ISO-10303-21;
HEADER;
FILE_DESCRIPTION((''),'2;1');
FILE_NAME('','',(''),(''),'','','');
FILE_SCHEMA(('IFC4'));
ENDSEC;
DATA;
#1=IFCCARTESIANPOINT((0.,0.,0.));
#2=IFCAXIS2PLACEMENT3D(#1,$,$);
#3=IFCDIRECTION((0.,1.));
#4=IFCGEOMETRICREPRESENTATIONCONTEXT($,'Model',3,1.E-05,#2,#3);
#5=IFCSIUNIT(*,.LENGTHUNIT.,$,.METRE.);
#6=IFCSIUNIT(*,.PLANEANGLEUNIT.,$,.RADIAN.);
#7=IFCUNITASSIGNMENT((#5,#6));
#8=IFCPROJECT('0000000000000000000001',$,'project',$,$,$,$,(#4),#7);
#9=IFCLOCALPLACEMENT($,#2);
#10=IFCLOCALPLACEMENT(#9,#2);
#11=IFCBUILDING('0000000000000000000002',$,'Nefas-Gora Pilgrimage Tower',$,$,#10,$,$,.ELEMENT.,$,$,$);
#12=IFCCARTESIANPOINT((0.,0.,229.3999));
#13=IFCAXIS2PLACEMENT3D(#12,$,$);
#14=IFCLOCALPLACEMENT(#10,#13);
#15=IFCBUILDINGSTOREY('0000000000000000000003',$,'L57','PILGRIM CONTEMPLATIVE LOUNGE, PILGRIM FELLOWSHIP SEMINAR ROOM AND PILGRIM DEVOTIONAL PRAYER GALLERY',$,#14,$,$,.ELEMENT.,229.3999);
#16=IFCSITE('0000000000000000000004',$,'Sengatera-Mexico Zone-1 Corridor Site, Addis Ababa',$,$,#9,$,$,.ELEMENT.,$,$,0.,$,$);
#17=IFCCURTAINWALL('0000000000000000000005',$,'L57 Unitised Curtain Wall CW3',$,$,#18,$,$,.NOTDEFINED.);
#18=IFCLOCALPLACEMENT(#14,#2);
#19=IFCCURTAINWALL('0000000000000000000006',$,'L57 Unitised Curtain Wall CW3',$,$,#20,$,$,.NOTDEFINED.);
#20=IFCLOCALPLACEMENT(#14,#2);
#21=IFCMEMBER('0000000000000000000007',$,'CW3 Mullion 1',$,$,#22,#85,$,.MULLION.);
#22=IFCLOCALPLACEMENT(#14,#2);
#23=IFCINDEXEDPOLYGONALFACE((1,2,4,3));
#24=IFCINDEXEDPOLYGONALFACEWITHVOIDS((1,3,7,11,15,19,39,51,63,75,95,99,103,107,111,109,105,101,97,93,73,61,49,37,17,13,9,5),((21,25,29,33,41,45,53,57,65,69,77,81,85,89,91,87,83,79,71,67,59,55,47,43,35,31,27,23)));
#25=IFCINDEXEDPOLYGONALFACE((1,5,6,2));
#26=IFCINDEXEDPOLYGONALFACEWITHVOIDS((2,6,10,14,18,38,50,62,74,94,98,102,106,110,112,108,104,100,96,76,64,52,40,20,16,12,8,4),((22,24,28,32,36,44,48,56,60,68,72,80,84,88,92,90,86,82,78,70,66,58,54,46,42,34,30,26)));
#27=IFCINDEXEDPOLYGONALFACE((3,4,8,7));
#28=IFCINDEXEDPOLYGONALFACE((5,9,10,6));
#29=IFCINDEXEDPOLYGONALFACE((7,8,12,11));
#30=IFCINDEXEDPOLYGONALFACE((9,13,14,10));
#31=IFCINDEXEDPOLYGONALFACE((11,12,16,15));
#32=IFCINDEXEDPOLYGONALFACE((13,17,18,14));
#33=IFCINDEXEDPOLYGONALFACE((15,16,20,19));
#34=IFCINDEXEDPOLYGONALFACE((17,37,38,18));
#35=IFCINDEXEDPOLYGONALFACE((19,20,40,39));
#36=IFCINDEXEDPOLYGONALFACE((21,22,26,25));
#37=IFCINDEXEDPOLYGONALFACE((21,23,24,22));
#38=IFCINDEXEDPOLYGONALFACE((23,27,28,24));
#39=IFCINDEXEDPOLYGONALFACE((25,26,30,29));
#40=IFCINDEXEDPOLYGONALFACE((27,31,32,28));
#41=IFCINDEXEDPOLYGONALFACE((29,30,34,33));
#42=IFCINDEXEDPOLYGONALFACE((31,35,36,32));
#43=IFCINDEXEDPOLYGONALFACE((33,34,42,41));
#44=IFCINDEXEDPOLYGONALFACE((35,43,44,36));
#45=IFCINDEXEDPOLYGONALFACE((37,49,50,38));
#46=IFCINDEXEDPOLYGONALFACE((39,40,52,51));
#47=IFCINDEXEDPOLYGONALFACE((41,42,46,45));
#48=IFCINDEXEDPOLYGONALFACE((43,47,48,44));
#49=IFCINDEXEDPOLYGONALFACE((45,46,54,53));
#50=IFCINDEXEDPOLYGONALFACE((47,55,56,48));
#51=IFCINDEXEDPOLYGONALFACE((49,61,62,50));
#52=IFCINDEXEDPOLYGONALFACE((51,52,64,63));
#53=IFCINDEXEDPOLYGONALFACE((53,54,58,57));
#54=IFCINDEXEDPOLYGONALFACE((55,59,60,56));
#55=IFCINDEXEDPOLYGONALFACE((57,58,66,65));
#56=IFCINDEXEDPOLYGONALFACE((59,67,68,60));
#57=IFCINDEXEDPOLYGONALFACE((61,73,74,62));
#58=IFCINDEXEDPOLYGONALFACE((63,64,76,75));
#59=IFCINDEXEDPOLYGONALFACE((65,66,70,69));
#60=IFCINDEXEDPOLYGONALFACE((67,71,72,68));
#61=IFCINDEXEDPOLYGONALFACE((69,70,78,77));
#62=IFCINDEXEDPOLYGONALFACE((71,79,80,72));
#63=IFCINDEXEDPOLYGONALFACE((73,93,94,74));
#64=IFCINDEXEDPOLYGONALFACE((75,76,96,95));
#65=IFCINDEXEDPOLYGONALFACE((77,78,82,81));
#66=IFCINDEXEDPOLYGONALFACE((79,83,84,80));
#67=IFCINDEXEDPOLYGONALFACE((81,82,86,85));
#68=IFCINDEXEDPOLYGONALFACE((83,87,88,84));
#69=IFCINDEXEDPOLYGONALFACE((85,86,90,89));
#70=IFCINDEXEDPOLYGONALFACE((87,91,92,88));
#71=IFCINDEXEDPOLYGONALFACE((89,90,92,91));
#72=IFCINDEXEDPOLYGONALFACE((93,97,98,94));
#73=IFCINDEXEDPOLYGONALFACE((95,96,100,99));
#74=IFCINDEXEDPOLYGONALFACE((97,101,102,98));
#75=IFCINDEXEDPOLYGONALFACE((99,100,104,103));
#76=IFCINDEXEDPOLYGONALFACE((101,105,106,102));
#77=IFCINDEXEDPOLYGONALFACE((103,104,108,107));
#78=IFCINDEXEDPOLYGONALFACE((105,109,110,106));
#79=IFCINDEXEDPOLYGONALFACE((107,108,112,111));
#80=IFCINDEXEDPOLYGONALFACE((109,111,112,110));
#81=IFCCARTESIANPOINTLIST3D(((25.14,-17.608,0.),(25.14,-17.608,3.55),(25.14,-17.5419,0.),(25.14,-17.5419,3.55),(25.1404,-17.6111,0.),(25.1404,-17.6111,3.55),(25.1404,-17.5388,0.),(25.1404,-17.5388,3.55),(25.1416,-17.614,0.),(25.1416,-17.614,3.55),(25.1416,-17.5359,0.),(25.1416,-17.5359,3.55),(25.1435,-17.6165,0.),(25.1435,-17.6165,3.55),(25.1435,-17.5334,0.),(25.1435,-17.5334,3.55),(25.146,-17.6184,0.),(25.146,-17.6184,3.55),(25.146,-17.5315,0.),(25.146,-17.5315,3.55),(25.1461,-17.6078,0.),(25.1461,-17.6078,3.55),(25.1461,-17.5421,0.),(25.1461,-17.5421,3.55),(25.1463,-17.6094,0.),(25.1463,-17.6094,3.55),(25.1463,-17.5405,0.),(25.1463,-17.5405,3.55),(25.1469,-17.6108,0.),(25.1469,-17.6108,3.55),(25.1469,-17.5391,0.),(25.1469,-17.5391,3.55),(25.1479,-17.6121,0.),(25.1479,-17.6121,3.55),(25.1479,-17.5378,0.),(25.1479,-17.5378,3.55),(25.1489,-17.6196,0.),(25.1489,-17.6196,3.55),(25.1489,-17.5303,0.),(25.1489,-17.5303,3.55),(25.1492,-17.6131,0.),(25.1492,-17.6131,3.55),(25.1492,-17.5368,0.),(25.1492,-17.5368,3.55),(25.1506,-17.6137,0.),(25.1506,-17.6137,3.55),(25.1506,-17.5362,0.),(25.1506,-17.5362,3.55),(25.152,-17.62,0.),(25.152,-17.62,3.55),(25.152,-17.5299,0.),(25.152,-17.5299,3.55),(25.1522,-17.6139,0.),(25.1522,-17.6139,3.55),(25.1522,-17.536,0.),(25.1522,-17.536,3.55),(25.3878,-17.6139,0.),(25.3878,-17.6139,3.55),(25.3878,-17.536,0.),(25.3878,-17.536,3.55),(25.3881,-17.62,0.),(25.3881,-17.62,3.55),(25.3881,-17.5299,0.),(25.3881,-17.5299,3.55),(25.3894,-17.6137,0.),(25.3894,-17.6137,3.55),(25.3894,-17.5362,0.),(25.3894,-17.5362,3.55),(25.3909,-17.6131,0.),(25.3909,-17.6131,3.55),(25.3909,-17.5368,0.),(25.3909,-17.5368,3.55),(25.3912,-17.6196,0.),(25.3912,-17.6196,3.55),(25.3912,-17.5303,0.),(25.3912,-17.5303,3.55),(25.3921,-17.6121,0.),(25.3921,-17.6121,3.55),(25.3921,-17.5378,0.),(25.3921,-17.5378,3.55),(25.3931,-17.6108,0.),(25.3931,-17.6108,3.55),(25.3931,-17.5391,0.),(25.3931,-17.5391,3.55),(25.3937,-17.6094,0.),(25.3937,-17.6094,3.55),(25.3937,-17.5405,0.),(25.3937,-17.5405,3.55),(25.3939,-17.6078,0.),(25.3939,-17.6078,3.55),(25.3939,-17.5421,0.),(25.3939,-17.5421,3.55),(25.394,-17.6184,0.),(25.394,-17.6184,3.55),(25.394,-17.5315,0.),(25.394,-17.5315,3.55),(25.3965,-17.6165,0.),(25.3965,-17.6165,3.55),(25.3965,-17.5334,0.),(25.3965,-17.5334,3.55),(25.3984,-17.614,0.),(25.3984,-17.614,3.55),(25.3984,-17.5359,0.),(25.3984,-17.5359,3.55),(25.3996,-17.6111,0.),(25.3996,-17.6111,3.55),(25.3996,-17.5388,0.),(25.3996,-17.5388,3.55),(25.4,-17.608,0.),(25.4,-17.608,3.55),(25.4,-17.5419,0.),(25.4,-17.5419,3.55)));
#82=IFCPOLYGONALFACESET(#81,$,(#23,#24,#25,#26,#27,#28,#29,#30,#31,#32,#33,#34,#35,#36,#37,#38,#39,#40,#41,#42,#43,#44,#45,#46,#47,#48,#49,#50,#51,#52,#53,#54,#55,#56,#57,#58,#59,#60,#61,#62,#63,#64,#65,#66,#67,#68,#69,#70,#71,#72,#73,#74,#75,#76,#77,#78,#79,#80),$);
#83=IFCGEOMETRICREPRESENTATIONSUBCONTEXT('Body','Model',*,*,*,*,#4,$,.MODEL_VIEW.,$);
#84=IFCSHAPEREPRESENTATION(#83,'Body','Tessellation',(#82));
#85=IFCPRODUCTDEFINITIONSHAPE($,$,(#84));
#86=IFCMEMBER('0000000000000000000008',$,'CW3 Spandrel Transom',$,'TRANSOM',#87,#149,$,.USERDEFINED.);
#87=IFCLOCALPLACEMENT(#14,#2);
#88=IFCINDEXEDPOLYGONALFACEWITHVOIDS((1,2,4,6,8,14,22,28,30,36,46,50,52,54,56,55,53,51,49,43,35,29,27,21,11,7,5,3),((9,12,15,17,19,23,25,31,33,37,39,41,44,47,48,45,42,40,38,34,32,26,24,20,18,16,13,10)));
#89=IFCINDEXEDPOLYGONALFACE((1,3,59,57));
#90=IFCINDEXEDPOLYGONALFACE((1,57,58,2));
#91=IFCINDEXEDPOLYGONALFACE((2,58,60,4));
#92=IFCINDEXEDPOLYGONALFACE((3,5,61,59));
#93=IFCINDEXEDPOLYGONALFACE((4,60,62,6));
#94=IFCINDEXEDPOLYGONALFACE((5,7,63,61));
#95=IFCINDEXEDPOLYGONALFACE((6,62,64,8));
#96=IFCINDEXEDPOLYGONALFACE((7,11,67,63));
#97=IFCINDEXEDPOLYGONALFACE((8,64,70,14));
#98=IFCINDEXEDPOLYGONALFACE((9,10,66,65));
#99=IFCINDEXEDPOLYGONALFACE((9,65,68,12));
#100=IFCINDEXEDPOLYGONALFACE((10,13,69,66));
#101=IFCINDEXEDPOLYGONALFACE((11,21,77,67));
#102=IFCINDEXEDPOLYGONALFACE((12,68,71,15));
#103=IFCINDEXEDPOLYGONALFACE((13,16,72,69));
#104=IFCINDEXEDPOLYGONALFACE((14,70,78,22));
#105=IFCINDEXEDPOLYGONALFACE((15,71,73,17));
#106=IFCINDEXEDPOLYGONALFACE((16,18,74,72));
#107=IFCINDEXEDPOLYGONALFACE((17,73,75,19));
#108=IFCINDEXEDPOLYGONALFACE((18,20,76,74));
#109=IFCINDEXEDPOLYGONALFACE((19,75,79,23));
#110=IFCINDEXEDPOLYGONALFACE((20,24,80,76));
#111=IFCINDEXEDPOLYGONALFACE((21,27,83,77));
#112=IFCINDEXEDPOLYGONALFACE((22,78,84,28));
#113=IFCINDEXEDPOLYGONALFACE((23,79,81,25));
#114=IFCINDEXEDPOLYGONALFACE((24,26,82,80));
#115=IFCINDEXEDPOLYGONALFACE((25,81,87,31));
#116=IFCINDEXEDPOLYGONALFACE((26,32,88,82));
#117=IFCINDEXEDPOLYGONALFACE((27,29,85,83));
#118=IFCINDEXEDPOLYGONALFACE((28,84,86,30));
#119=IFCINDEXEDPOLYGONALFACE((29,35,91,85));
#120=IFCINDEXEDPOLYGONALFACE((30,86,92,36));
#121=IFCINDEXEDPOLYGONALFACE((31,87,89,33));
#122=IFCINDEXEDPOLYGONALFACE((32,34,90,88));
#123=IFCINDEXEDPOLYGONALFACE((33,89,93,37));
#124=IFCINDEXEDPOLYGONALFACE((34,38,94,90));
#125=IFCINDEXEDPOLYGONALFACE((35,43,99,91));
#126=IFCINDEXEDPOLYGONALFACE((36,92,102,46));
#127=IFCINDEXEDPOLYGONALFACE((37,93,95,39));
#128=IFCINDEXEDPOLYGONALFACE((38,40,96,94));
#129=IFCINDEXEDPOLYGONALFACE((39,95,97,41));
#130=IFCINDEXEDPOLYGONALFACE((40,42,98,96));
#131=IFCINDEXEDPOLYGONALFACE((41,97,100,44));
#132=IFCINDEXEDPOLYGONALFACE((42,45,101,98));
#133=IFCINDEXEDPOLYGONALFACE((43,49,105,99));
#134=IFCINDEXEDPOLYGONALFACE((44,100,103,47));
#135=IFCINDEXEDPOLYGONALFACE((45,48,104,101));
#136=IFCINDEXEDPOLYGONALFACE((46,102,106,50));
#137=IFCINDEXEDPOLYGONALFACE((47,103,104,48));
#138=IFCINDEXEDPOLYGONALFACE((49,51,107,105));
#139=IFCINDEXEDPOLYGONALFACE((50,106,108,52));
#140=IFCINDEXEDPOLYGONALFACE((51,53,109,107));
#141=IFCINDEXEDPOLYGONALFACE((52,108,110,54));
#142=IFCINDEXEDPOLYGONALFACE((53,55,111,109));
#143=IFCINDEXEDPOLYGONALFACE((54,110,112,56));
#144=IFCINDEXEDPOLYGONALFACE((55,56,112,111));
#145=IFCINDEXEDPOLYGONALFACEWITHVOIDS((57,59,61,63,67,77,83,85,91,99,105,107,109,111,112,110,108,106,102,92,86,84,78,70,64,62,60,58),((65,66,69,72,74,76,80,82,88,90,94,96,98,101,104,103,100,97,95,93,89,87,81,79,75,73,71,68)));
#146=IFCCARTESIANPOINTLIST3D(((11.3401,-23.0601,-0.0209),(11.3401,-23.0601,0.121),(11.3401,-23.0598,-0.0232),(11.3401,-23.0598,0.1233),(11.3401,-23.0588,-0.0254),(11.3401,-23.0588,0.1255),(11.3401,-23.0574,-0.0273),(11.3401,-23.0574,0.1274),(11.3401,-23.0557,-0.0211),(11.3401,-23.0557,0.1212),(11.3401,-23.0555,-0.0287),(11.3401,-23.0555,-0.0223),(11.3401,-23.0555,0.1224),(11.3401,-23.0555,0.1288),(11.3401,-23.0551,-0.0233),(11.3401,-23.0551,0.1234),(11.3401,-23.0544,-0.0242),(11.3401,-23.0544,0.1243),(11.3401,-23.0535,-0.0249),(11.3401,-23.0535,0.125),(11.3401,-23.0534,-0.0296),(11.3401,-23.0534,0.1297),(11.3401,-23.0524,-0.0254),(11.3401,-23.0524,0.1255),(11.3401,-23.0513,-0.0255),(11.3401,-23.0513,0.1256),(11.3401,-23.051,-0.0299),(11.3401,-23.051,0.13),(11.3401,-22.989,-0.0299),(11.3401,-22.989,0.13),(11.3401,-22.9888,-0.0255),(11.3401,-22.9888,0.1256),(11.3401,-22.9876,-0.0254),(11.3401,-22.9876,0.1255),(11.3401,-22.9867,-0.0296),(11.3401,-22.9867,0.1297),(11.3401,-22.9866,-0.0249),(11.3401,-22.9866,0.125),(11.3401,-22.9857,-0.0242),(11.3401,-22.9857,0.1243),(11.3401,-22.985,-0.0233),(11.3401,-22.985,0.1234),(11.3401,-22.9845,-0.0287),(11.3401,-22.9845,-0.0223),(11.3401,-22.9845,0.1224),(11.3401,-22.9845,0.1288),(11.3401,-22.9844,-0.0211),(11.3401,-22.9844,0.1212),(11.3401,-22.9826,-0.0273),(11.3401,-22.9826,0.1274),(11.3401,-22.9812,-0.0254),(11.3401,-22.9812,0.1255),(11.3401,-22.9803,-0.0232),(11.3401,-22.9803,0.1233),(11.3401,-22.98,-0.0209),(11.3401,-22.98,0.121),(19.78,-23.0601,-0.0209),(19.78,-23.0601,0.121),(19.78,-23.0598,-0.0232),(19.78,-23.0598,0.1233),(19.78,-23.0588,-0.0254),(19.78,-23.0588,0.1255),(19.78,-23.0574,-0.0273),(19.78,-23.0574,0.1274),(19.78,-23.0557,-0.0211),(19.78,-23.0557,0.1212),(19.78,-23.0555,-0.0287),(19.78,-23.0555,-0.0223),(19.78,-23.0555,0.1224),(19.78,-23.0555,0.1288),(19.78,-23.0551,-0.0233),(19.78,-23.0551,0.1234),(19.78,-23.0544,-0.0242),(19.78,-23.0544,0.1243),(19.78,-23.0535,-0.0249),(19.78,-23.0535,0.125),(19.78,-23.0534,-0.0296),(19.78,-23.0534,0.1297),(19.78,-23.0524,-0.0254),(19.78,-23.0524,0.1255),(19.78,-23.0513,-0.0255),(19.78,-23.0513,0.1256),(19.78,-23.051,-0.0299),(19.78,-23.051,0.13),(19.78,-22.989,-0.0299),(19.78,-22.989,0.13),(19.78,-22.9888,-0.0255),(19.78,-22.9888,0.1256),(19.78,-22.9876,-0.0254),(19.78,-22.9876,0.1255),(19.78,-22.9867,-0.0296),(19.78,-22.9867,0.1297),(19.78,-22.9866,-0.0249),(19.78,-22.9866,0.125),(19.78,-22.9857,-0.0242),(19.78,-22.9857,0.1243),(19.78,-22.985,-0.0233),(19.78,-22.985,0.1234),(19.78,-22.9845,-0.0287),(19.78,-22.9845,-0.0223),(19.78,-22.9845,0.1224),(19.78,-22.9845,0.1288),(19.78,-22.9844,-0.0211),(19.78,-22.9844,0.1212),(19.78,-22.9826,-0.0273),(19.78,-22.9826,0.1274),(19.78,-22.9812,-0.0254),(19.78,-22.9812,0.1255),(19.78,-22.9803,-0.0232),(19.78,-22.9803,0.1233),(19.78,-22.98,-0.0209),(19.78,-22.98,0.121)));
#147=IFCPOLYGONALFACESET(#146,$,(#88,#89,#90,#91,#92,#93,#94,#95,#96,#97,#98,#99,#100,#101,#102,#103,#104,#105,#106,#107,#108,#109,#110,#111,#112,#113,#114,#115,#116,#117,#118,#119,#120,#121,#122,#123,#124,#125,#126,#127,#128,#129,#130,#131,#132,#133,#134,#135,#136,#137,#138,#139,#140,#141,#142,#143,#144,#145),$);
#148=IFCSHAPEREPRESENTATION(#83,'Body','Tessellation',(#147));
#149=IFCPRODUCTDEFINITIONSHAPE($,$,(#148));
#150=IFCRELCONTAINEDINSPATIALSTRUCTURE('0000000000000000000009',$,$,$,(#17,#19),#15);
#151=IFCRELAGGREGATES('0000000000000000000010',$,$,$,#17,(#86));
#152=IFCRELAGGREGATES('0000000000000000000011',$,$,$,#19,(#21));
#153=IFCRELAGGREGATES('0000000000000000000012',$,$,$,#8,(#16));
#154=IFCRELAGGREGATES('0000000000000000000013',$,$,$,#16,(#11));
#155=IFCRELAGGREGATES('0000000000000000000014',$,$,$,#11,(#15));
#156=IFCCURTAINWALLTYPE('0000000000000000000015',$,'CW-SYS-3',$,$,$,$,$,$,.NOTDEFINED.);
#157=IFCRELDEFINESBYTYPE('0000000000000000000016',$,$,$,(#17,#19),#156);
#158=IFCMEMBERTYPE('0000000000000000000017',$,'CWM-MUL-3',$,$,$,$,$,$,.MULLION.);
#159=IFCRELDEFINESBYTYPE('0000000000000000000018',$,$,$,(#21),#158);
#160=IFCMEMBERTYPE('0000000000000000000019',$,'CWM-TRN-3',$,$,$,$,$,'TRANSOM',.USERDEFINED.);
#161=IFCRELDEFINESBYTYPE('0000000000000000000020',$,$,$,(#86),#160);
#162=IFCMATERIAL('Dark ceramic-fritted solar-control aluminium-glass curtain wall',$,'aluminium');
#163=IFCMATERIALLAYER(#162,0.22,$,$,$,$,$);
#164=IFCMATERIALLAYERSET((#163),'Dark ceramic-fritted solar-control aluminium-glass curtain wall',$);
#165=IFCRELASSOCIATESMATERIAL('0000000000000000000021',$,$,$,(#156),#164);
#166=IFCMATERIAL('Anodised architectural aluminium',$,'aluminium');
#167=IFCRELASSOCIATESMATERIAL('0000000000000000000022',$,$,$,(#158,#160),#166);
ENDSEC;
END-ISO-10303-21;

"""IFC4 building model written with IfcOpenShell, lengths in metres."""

from ifc_helpers import new_model, si_unit, direction, frame, origin, origin_2d, place, context, subcontext, project, spatial, hollow_rectangle, extrude, source, transform, mapped, material, layer, layer_set, material_profile, profile_set, type_object, element, aggregate, save


model = new_model("IFC4")

# Units and contexts
model_context = context("Model", 3, precision=1e-05, world=origin(), true_north=direction((0.0, 1.0)))
body_context = subcontext(model_context, "Body", "Model", "MODEL_VIEW")
ifc_project = project(units=[si_unit("LENGTHUNIT", "METRE"), si_unit("PLANEANGLEUNIT", "RADIAN")], contexts=[model_context])

# Site, building, storey
site_placement = place(None, origin())
site = spatial("IfcSite", under=ifc_project, at=site_placement, Name="Sengatera-Mexico Zone-1 Corridor Site, Addis Ababa", CompositionType="ELEMENT", RefElevation=0.0)
building_placement = place(site_placement, origin())
building = spatial("IfcBuilding", under=site, at=building_placement, Name="Nefas-Gora Pilgrimage Tower", CompositionType="ELEMENT")
storey_placement = place(building_placement, frame((0.0, 0.0, 229.3999)))
storey = spatial("IfcBuildingStorey", under=building, at=storey_placement, Name="L57", Description="PILGRIM CONTEMPLATIVE LOUNGE, PILGRIM FELLOWSHIP SEMINAR ROOM AND PILGRIM DEVOTIONAL PRAYER GALLERY", CompositionType="ELEMENT", Elevation=229.3999)

# Curtain wall
ifc_material_1 = material(Name="Dark ceramic-fritted solar-control aluminium-glass curtain wall", Category="aluminium")
ifc_layer_1 = layer(ifc_material_1, 0.22)
ifc_layer_set_1 = layer_set([ifc_layer_1], Name="Dark ceramic-fritted solar-control aluminium-glass curtain wall")
curtain_wall_type = type_object("IfcCurtainWallType", Name="CW-SYS-3", PredefinedType="NOTDEFINED", material=ifc_layer_set_1)
curtain_wall_1_placement = place(storey_placement, origin())
curtain_wall_1 = element("IfcCurtainWall", 1, at=curtain_wall_1_placement, inside=storey, type_object=curtain_wall_type, Name="L57 Unitised Curtain Wall CW3", PredefinedType="NOTDEFINED")
ifc_material_2 = material(Name="Anodised architectural aluminium", Category="aluminium")
ifc_material_profile_1 = material_profile(ifc_material_2, hollow_rectangle(XDim=0.0901, YDim=0.26, WallThickness=0.0061, InnerFilletRadius=0.0061, OuterFilletRadius=0.012, at=origin_2d()), Name="ALU MULLION 90x260")
ifc_profile_set_1 = profile_set([ifc_material_profile_1], Name="Anodised architectural aluminium")
member_type_1 = type_object("IfcMemberType", Name="CWM-MUL-3", PredefinedType="MULLION", material=ifc_profile_set_1)
shared_shape_1 = source(origin(), body_context, "Body", "SweptSolid", [
    extrude(hollow_rectangle(XDim=0.0901, YDim=0.26, WallThickness=0.0061, InnerFilletRadius=0.0061, OuterFilletRadius=0.012, at=origin_2d()), origin(), (0.0, 0.0, 1.0), 3.55),
])

# Curtain wall, member
curtain_wall_2_placement = place(storey_placement, origin())
curtain_wall_2 = element("IfcCurtainWall", 2, at=curtain_wall_2_placement, inside=storey, type_object=curtain_wall_type, Name="L57 Unitised Curtain Wall CW3", PredefinedType="NOTDEFINED")
member_1_placement = place(storey_placement, frame((25.27, -17.575, 0.0), z_axis=(0.0, 0.0, 1.0), x_axis=(0.0, 1.0, 0.0)))
member_1 = element("IfcMember", 3, at=member_1_placement, type_object=member_type_1, Name="CW3 Mullion 1", PredefinedType="MULLION", context=body_context, shape_type="MappedRepresentation", body=[
    mapped(shared_shape_1, transform((0.0, 0.0, 0.0), x_axis=(1.0, 0.0, 0.0), y_axis=(0.0, 1.0, 0.0), z_axis=(0.0, 0.0, 1.0), scale=1.0)),
])

# Member
ifc_material_profile_2 = material_profile(ifc_material_2, hollow_rectangle(XDim=0.0801, YDim=0.1599, WallThickness=0.0044, InnerFilletRadius=0.0044, OuterFilletRadius=0.009, at=origin_2d()), Name="ALU TRANSOM 80x160")
ifc_profile_set_2 = profile_set([ifc_material_profile_2], Name="Anodised architectural aluminium")
member_type_2 = type_object("IfcMemberType", Name="CWM-TRN-3", ElementType="TRANSOM", PredefinedType="USERDEFINED", material=ifc_profile_set_2)
shared_shape_2 = source(origin(), body_context, "Body", "SweptSolid", [
    extrude(hollow_rectangle(XDim=0.0801, YDim=0.1599, WallThickness=0.0044, InnerFilletRadius=0.0044, OuterFilletRadius=0.009, at=origin_2d()), origin(), (0.0, 0.0, 1.0), 8.4399),
])
member_2_placement = place(storey_placement, frame((11.3401, -23.02, 0.05), z_axis=(1.0, 0.0, 0.0), x_axis=(0.0, 1.0, 0.0)))
member_2 = element("IfcMember", 4, at=member_2_placement, type_object=member_type_2, Name="CW3 Spandrel Transom", ObjectType="TRANSOM", PredefinedType="USERDEFINED", context=body_context, shape_type="MappedRepresentation", body=[
    mapped(shared_shape_2, transform((0.0, 0.0, 0.0), x_axis=(1.0, 0.0, 0.0), y_axis=(0.0, 1.0, 0.0), z_axis=(0.0, 0.0, 1.0), scale=1.0)),
])

aggregate(curtain_wall_1, [member_2])
aggregate(curtain_wall_2, [member_1])

save(model, "model.ifc")
